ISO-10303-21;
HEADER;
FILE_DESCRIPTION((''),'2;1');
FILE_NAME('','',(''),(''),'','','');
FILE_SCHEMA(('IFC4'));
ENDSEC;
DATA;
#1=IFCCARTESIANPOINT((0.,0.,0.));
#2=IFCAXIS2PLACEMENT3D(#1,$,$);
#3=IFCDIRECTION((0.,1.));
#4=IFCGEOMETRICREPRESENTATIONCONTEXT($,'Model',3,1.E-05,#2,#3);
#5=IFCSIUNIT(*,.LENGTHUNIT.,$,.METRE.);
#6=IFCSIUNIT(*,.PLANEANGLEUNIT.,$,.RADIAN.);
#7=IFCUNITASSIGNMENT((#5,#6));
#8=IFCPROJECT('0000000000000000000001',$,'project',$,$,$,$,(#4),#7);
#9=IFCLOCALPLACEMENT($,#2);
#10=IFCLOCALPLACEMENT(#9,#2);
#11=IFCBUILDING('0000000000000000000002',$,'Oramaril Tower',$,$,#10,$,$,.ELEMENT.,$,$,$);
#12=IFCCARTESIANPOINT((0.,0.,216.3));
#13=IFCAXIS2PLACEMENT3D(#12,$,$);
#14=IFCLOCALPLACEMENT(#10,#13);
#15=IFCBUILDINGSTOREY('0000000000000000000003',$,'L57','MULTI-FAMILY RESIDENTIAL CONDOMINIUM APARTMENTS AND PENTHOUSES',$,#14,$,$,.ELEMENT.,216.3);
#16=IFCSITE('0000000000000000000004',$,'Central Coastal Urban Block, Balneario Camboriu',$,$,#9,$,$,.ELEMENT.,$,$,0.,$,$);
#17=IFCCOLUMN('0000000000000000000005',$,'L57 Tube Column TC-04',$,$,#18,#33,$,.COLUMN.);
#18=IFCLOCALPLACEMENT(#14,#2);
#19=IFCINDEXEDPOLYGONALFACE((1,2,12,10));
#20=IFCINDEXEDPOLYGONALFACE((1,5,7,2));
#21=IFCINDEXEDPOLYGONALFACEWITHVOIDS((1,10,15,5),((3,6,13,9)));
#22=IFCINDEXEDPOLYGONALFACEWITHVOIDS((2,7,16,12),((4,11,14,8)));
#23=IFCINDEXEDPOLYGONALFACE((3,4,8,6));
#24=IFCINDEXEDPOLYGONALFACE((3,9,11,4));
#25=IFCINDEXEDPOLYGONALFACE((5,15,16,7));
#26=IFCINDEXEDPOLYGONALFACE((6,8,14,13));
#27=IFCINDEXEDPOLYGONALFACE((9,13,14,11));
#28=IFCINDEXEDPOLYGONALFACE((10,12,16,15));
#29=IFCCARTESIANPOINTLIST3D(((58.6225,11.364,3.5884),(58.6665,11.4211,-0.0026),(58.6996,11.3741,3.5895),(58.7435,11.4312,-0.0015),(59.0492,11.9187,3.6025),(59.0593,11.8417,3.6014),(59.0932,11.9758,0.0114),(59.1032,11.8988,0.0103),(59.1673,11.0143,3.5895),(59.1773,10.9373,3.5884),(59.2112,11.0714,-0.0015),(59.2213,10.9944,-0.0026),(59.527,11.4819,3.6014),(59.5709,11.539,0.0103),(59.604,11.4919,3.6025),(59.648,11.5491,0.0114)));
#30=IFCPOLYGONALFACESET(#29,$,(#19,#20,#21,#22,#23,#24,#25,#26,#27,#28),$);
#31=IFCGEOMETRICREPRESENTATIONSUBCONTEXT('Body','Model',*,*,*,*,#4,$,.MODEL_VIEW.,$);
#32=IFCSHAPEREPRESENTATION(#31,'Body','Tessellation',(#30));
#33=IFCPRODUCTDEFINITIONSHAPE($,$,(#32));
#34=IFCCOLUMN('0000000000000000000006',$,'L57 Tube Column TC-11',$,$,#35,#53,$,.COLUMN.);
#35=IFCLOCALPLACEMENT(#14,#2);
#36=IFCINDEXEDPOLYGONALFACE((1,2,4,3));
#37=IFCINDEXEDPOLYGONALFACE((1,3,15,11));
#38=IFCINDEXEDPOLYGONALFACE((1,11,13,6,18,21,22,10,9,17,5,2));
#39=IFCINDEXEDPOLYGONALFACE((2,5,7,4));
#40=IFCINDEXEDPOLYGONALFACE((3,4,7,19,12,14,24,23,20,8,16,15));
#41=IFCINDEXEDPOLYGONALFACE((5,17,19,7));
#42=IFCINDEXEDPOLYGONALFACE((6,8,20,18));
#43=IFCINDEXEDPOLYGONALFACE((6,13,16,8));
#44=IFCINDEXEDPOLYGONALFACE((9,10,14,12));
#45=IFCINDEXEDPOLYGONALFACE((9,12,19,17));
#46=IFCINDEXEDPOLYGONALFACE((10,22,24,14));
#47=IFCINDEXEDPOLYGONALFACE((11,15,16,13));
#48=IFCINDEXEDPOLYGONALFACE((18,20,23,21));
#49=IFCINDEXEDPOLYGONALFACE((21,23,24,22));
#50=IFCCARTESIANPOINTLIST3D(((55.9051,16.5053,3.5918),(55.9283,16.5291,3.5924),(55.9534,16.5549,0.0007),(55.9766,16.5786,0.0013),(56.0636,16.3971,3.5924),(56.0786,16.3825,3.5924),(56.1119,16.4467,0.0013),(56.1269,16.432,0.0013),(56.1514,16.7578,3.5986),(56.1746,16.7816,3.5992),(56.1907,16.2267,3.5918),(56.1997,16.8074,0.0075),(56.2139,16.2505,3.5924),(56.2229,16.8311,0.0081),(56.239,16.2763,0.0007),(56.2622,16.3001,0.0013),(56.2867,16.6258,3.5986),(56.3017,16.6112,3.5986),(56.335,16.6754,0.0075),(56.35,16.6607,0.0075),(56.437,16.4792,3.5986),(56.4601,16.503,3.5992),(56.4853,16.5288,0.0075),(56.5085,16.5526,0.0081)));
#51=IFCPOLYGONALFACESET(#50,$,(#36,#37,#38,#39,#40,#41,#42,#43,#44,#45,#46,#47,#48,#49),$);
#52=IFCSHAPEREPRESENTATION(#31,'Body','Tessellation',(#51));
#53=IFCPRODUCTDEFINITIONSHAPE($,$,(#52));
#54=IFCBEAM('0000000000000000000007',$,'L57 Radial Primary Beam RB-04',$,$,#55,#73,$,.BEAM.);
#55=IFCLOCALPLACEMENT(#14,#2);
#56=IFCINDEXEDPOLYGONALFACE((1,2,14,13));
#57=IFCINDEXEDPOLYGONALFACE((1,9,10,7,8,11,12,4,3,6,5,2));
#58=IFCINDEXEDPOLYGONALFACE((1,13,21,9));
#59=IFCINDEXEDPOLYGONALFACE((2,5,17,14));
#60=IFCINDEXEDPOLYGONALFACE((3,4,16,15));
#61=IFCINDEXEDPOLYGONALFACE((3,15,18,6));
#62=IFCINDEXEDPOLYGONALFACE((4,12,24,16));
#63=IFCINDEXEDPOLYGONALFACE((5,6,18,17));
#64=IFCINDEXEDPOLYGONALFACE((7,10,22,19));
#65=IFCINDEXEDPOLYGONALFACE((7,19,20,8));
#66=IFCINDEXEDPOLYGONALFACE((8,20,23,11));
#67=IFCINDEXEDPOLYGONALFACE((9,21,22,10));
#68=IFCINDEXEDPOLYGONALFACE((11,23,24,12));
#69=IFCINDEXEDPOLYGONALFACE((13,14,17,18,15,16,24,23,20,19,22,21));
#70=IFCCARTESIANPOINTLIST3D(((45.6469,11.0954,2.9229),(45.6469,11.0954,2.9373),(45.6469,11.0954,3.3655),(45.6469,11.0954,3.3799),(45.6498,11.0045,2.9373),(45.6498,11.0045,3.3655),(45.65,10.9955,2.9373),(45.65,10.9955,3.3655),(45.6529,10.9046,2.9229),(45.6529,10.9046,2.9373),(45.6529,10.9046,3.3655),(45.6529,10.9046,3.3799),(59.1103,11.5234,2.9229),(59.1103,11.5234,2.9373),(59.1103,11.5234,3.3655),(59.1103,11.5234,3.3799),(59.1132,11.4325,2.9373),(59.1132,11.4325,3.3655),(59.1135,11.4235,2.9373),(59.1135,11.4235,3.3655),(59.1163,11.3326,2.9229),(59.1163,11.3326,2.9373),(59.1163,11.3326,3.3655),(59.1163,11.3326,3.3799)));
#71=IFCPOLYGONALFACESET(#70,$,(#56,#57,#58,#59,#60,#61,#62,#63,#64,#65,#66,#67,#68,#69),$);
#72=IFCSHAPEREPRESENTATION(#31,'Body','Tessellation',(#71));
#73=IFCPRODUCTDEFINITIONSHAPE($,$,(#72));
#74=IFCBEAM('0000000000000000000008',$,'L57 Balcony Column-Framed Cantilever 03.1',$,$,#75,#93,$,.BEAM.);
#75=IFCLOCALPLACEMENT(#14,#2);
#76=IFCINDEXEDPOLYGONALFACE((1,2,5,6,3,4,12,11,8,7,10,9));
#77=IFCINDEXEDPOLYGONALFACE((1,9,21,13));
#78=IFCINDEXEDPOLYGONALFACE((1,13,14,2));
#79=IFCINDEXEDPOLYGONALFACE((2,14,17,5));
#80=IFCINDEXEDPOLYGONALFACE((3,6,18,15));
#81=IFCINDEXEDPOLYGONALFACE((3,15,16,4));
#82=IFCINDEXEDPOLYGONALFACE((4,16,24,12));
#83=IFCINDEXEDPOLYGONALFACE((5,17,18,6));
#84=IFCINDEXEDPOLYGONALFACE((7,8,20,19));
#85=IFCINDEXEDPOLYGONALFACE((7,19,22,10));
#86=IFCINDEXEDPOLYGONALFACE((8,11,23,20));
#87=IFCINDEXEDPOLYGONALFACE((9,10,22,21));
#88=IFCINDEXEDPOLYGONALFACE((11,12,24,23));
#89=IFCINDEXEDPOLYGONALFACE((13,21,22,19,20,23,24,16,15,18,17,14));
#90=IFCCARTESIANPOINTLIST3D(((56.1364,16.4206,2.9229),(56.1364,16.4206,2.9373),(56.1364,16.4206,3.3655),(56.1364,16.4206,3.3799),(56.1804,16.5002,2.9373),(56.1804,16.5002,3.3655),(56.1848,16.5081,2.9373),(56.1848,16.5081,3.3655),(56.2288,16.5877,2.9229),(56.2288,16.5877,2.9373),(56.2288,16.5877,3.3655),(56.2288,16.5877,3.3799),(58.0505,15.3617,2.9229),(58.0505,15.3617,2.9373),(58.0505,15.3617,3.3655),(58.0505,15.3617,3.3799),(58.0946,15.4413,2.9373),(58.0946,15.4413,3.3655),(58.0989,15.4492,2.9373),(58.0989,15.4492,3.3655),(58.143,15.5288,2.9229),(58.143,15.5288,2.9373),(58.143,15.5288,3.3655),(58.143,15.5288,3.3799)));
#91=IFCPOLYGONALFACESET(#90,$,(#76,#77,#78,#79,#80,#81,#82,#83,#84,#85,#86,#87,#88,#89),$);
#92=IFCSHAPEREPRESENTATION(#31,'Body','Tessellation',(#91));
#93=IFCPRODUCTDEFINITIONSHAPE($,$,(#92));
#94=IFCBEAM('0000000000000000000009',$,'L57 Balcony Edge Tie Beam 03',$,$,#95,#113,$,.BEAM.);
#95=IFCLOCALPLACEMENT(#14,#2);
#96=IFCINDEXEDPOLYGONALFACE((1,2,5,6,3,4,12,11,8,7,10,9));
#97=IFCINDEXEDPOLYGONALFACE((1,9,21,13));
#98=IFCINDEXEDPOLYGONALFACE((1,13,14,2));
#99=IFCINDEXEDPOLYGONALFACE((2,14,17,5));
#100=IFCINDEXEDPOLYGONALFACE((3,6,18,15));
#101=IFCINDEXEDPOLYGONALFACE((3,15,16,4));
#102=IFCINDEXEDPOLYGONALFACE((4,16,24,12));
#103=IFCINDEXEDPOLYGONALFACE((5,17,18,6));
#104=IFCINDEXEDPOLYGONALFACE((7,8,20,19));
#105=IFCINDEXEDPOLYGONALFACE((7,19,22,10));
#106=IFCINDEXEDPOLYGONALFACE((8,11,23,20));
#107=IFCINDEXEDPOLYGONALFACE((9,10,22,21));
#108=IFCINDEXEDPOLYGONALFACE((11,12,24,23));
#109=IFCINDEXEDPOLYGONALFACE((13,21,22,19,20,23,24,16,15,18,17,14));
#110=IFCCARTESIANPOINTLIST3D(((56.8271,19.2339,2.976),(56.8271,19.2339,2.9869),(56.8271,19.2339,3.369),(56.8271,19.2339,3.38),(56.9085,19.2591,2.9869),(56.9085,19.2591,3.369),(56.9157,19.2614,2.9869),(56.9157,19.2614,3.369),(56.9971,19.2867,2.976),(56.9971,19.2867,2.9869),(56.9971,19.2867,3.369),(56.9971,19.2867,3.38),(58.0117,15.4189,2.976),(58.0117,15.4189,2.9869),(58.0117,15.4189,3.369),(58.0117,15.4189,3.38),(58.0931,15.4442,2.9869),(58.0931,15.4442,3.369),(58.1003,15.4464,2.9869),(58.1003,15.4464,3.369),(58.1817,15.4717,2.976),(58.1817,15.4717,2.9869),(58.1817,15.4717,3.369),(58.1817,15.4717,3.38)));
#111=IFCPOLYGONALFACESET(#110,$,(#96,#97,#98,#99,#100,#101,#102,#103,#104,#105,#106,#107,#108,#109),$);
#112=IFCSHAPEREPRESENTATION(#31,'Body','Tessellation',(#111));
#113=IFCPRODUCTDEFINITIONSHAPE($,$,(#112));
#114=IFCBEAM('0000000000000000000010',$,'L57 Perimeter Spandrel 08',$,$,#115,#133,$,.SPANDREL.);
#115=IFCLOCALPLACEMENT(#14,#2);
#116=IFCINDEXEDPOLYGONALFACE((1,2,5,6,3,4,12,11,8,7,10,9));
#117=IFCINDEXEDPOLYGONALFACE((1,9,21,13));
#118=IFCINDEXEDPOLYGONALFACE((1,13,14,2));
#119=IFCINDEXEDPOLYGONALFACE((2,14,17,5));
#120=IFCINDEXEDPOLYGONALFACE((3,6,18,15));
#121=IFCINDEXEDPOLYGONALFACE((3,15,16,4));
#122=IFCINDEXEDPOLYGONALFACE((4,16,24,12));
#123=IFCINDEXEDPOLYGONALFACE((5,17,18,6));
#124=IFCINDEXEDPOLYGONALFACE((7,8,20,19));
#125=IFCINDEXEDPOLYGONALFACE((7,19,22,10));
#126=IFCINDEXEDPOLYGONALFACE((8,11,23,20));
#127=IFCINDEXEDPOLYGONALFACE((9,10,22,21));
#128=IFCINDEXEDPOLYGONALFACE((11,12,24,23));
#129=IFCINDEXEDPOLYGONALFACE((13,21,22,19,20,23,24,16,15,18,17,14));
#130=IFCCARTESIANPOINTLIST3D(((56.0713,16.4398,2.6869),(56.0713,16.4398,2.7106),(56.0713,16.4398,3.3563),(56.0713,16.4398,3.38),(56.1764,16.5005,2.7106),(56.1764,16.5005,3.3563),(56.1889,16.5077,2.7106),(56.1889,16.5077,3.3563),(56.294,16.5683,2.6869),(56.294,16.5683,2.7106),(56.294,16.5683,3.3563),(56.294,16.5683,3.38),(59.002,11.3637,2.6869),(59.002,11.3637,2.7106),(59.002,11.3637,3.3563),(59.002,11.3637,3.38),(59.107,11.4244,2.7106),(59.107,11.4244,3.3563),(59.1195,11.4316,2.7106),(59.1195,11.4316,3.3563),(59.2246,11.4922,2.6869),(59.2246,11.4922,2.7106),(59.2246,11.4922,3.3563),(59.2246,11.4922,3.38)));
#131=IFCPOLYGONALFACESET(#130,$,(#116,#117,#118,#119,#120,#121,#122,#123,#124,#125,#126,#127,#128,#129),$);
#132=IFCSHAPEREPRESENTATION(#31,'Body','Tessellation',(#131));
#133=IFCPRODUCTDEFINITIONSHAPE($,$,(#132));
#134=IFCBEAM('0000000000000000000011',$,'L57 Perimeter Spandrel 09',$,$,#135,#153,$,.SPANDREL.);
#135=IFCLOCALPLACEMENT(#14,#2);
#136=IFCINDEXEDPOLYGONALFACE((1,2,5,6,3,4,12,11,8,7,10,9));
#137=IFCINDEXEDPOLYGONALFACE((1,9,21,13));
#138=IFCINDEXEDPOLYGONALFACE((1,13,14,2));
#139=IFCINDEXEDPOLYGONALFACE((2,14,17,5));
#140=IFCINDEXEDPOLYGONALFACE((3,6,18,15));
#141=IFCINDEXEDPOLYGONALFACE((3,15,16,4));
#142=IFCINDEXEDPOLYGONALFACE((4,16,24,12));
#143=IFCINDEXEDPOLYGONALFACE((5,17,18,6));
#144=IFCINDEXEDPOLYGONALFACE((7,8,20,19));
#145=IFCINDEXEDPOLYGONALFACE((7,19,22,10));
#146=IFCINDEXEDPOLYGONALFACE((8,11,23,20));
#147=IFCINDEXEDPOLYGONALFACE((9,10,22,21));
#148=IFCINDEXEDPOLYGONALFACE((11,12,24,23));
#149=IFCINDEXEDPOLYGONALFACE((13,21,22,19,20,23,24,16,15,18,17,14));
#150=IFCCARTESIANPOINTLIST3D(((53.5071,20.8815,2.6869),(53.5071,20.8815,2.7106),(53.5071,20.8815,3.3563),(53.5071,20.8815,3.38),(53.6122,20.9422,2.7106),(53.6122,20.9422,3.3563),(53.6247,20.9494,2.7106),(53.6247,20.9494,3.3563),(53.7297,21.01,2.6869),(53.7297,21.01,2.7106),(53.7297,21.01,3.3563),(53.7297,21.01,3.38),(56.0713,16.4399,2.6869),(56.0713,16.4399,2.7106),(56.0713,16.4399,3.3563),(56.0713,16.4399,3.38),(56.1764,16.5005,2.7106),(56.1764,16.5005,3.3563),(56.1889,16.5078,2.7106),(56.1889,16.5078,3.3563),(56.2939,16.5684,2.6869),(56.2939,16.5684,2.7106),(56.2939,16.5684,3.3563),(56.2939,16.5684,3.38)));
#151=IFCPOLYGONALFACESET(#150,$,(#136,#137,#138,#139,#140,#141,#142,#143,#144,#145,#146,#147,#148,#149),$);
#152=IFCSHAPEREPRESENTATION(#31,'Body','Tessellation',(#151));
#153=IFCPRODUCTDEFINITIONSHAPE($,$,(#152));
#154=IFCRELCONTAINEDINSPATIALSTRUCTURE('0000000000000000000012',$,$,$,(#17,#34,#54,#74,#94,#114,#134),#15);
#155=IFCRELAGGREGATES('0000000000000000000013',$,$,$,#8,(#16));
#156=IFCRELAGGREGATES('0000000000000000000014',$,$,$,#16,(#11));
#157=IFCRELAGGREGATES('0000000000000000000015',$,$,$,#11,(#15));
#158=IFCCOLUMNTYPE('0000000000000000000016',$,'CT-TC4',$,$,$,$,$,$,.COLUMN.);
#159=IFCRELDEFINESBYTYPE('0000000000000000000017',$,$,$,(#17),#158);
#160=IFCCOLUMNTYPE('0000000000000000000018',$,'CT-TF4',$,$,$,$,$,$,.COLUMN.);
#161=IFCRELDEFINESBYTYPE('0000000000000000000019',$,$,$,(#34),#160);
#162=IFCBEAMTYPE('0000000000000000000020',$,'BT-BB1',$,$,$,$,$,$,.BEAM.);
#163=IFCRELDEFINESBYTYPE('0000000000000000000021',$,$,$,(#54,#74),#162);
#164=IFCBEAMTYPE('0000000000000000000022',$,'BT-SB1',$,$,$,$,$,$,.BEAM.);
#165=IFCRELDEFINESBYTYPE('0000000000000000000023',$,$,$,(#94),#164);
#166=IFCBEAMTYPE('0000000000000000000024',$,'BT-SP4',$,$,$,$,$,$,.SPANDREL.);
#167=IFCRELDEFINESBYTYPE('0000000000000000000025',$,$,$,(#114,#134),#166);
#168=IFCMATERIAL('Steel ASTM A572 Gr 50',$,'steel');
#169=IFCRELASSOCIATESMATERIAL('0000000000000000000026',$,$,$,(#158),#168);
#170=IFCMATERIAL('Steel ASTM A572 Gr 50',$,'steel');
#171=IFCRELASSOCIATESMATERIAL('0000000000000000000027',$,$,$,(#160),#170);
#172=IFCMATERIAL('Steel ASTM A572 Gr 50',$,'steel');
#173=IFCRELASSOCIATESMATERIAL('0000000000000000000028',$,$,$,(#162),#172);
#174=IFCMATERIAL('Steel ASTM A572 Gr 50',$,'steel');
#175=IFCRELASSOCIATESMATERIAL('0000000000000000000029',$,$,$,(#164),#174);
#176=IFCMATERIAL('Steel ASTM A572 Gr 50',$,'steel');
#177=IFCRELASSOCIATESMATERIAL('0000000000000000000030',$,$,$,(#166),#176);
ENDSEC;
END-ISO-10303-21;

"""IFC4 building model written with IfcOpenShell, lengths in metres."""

from ifc_helpers import new_model, si_unit, direction, frame, origin, origin_2d, place, context, subcontext, project, spatial, hollow_rectangle, i_section, extrude, material, material_profile, profile_set, type_object, element, save


model = new_model("IFC4")

# Units and contexts
model_context = context("Model", 3, precision=1e-05, world=origin(), true_north=direction((0.0, 1.0)))
body_context = subcontext(model_context, "Body", "Model", "MODEL_VIEW")
ifc_project = project(units=[si_unit("LENGTHUNIT", "METRE"), si_unit("PLANEANGLEUNIT", "RADIAN")], contexts=[model_context])

# Site, building, storey
site_placement = place(None, origin())
site = spatial("IfcSite", under=ifc_project, at=site_placement, Name="Central Coastal Urban Block, Balneario Camboriu", CompositionType="ELEMENT", RefElevation=0.0)
building_placement = place(site_placement, origin())
building = spatial("IfcBuilding", under=site, at=building_placement, Name="Oramaril Tower", CompositionType="ELEMENT")
storey_placement = place(building_placement, frame((0.0, 0.0, 216.3)))
storey = spatial("IfcBuildingStorey", under=building, at=storey_placement, Name="L57", Description="MULTI-FAMILY RESIDENTIAL CONDOMINIUM APARTMENTS AND PENTHOUSES", CompositionType="ELEMENT", Elevation=216.3)

# Columns
ifc_material_1 = material(Name="Steel ASTM A572 Gr 50", Category="steel")
ifc_material_profile_1 = material_profile(ifc_material_1, hollow_rectangle(XDim=0.7, YDim=0.7, WallThickness=0.0549, at=origin_2d()), Name="BOX700X700X55")
ifc_profile_set_1 = profile_set([ifc_material_profile_1], Name="Steel ASTM A572 Gr 50")
column_type_1 = type_object("IfcColumnType", Name="CT-TC4", PredefinedType="COLUMN", material=ifc_profile_set_1)
column_1_placement = place(storey_placement, frame((59.1572, 11.4851, 0.0044), z_axis=(-0.012235, -0.015905, 0.999799), x_axis=(0.792624, -0.609711, 0.0)))
element("IfcColumn", 1, at=column_1_placement, inside=storey, type_object=column_type_1, Name="L57 Tube Column TC-04", PredefinedType="COLUMN", context=body_context, shape_type="SweptSolid", body=[
    extrude(hollow_rectangle(XDim=0.7, YDim=0.7, WallThickness=0.0549, at=origin_2d()), origin(), (0.0, 0.0, 1.0), 3.5918),
])
ifc_material_2 = material(Name="Steel ASTM A572 Gr 50", Category="steel")
ifc_material_profile_2 = material_profile(ifc_material_2, i_section(OverallWidth=0.3989, OverallDepth=0.386, WebThickness=0.021, FlangeThickness=0.0332, at=origin_2d()), Name="W14X176")
ifc_profile_set_2 = profile_set([ifc_material_profile_2], Name="Steel ASTM A572 Gr 50")
column_type_2 = type_object("IfcColumnType", Name="CT-TF4", PredefinedType="COLUMN", material=ifc_profile_set_2)
column_2_placement = place(storey_placement, frame((56.231, 16.5537, 0.0044), z_axis=(-0.013459, -0.013799, 0.999814), x_axis=(0.715868, -0.698236, 0.0)))
element("IfcColumn", 2, at=column_2_placement, inside=storey, type_object=column_type_2, Name="L57 Tube Column TC-11", PredefinedType="COLUMN", context=body_context, shape_type="SweptSolid", body=[
    extrude(i_section(OverallWidth=0.3989, OverallDepth=0.386, WebThickness=0.021, FlangeThickness=0.0332, at=origin_2d()), origin(), (0.0, 0.0, 1.0), 3.5918),
])

# Beams
ifc_material_3 = material(Name="Steel ASTM A572 Gr 50", Category="steel")
ifc_material_profile_3 = material_profile(ifc_material_3, i_section(OverallWidth=0.1909, OverallDepth=0.457, WebThickness=0.009, FlangeThickness=0.0144, at=origin_2d()), Name="W18X50")
ifc_profile_set_3 = profile_set([ifc_material_profile_3], Name="Steel ASTM A572 Gr 50")
beam_type_1 = type_object("IfcBeamType", Name="BT-BB1", PredefinedType="BEAM", material=ifc_profile_set_3)
beam_1_placement = place(storey_placement, frame((45.6499, 11.0, 3.1514), z_axis=(0.999495, 0.031772, 0.0), x_axis=(-0.031772, 0.999495, 0.0)))
element("IfcBeam", 3, at=beam_1_placement, inside=storey, type_object=beam_type_1, Name="L57 Radial Primary Beam RB-04", PredefinedType="BEAM", context=body_context, shape_type="SweptSolid", body=[
    extrude(i_section(OverallWidth=0.1909, OverallDepth=0.457, WebThickness=0.009, FlangeThickness=0.0144, at=origin_2d()), origin(), (0.0, 0.0, 1.0), 13.4702),
])
beam_2_placement = place(storey_placement, frame((56.1826, 16.5042, 3.1514), z_axis=(0.875035, -0.48406, 0.0), x_axis=(0.48406, 0.875035, 0.0)))
element("IfcBeam", 4, at=beam_2_placement, inside=storey, type_object=beam_type_1, Name="L57 Balcony Column-Framed Cantilever 03.1", PredefinedType="BEAM", context=body_context, shape_type="SweptSolid", body=[
    extrude(i_section(OverallWidth=0.1909, OverallDepth=0.457, WebThickness=0.009, FlangeThickness=0.0144, at=origin_2d()), origin(), (0.0, 0.0, 1.0), 2.1875),
])
ifc_material_4 = material(Name="Steel ASTM A572 Gr 50", Category="steel")
ifc_material_profile_4 = material_profile(ifc_material_4, i_section(OverallWidth=0.178, OverallDepth=0.4041, WebThickness=0.0076, FlangeThickness=0.011, at=origin_2d()), Name="W16X36")
ifc_profile_set_4 = profile_set([ifc_material_profile_4], Name="Steel ASTM A572 Gr 50")
beam_type_2 = type_object("IfcBeamType", Name="BT-SB1", PredefinedType="BEAM", material=ifc_profile_set_4)
beam_3_placement = place(storey_placement, frame((58.0967, 15.4453, 3.178), z_axis=(-0.296541, 0.95502, 0.0), x_axis=(-0.95502, -0.296541, 0.0)))
element("IfcBeam", 5, at=beam_3_placement, inside=storey, type_object=beam_type_2, Name="L57 Balcony Edge Tie Beam 03", PredefinedType="BEAM", context=body_context, shape_type="SweptSolid", body=[
    extrude(i_section(OverallWidth=0.178, OverallDepth=0.4041, WebThickness=0.0076, FlangeThickness=0.011, at=origin_2d()), origin(), (0.0, 0.0, 1.0), 3.9946),
])
ifc_material_5 = material(Name="Steel ASTM A572 Gr 50", Category="steel")
ifc_material_profile_5 = material_profile(ifc_material_5, i_section(OverallWidth=0.2571, OverallDepth=0.6931, WebThickness=0.0144, FlangeThickness=0.0237, at=origin_2d()), Name="W27X114")
ifc_profile_set_5 = profile_set([ifc_material_profile_5], Name="Steel ASTM A572 Gr 50")
beam_type_3 = type_object("IfcBeamType", Name="BT-SP4", PredefinedType="SPANDREL", material=ifc_profile_set_5)
beam_4_placement = place(storey_placement, frame((59.1133, 11.428, 3.0334), z_axis=(-0.499992, 0.86603, 0.0), x_axis=(-0.86603, -0.499992, 0.0)))
element("IfcBeam", 6, at=beam_4_placement, inside=storey, type_object=beam_type_3, Name="L57 Perimeter Spandrel 08", PredefinedType="SPANDREL", context=body_context, shape_type="SweptSolid", body=[
    extrude(i_section(OverallWidth=0.2571, OverallDepth=0.6931, WebThickness=0.0144, FlangeThickness=0.0237, at=origin_2d()), origin(), (0.0, 0.0, 1.0), 5.8613),
])
beam_5_placement = place(storey_placement, frame((56.1826, 16.5042, 3.0334), z_axis=(-0.499974, 0.866041, 0.0), x_axis=(-0.866041, -0.499974, 0.0)))
element("IfcBeam", 7, at=beam_5_placement, inside=storey, type_object=beam_type_3, Name="L57 Perimeter Spandrel 09", PredefinedType="SPANDREL", context=body_context, shape_type="SweptSolid", body=[
    extrude(i_section(OverallWidth=0.2571, OverallDepth=0.6931, WebThickness=0.0144, FlangeThickness=0.0237, at=origin_2d()), origin(), (0.0, 0.0, 1.0), 5.1287),
])

save(model, "model.ifc")
